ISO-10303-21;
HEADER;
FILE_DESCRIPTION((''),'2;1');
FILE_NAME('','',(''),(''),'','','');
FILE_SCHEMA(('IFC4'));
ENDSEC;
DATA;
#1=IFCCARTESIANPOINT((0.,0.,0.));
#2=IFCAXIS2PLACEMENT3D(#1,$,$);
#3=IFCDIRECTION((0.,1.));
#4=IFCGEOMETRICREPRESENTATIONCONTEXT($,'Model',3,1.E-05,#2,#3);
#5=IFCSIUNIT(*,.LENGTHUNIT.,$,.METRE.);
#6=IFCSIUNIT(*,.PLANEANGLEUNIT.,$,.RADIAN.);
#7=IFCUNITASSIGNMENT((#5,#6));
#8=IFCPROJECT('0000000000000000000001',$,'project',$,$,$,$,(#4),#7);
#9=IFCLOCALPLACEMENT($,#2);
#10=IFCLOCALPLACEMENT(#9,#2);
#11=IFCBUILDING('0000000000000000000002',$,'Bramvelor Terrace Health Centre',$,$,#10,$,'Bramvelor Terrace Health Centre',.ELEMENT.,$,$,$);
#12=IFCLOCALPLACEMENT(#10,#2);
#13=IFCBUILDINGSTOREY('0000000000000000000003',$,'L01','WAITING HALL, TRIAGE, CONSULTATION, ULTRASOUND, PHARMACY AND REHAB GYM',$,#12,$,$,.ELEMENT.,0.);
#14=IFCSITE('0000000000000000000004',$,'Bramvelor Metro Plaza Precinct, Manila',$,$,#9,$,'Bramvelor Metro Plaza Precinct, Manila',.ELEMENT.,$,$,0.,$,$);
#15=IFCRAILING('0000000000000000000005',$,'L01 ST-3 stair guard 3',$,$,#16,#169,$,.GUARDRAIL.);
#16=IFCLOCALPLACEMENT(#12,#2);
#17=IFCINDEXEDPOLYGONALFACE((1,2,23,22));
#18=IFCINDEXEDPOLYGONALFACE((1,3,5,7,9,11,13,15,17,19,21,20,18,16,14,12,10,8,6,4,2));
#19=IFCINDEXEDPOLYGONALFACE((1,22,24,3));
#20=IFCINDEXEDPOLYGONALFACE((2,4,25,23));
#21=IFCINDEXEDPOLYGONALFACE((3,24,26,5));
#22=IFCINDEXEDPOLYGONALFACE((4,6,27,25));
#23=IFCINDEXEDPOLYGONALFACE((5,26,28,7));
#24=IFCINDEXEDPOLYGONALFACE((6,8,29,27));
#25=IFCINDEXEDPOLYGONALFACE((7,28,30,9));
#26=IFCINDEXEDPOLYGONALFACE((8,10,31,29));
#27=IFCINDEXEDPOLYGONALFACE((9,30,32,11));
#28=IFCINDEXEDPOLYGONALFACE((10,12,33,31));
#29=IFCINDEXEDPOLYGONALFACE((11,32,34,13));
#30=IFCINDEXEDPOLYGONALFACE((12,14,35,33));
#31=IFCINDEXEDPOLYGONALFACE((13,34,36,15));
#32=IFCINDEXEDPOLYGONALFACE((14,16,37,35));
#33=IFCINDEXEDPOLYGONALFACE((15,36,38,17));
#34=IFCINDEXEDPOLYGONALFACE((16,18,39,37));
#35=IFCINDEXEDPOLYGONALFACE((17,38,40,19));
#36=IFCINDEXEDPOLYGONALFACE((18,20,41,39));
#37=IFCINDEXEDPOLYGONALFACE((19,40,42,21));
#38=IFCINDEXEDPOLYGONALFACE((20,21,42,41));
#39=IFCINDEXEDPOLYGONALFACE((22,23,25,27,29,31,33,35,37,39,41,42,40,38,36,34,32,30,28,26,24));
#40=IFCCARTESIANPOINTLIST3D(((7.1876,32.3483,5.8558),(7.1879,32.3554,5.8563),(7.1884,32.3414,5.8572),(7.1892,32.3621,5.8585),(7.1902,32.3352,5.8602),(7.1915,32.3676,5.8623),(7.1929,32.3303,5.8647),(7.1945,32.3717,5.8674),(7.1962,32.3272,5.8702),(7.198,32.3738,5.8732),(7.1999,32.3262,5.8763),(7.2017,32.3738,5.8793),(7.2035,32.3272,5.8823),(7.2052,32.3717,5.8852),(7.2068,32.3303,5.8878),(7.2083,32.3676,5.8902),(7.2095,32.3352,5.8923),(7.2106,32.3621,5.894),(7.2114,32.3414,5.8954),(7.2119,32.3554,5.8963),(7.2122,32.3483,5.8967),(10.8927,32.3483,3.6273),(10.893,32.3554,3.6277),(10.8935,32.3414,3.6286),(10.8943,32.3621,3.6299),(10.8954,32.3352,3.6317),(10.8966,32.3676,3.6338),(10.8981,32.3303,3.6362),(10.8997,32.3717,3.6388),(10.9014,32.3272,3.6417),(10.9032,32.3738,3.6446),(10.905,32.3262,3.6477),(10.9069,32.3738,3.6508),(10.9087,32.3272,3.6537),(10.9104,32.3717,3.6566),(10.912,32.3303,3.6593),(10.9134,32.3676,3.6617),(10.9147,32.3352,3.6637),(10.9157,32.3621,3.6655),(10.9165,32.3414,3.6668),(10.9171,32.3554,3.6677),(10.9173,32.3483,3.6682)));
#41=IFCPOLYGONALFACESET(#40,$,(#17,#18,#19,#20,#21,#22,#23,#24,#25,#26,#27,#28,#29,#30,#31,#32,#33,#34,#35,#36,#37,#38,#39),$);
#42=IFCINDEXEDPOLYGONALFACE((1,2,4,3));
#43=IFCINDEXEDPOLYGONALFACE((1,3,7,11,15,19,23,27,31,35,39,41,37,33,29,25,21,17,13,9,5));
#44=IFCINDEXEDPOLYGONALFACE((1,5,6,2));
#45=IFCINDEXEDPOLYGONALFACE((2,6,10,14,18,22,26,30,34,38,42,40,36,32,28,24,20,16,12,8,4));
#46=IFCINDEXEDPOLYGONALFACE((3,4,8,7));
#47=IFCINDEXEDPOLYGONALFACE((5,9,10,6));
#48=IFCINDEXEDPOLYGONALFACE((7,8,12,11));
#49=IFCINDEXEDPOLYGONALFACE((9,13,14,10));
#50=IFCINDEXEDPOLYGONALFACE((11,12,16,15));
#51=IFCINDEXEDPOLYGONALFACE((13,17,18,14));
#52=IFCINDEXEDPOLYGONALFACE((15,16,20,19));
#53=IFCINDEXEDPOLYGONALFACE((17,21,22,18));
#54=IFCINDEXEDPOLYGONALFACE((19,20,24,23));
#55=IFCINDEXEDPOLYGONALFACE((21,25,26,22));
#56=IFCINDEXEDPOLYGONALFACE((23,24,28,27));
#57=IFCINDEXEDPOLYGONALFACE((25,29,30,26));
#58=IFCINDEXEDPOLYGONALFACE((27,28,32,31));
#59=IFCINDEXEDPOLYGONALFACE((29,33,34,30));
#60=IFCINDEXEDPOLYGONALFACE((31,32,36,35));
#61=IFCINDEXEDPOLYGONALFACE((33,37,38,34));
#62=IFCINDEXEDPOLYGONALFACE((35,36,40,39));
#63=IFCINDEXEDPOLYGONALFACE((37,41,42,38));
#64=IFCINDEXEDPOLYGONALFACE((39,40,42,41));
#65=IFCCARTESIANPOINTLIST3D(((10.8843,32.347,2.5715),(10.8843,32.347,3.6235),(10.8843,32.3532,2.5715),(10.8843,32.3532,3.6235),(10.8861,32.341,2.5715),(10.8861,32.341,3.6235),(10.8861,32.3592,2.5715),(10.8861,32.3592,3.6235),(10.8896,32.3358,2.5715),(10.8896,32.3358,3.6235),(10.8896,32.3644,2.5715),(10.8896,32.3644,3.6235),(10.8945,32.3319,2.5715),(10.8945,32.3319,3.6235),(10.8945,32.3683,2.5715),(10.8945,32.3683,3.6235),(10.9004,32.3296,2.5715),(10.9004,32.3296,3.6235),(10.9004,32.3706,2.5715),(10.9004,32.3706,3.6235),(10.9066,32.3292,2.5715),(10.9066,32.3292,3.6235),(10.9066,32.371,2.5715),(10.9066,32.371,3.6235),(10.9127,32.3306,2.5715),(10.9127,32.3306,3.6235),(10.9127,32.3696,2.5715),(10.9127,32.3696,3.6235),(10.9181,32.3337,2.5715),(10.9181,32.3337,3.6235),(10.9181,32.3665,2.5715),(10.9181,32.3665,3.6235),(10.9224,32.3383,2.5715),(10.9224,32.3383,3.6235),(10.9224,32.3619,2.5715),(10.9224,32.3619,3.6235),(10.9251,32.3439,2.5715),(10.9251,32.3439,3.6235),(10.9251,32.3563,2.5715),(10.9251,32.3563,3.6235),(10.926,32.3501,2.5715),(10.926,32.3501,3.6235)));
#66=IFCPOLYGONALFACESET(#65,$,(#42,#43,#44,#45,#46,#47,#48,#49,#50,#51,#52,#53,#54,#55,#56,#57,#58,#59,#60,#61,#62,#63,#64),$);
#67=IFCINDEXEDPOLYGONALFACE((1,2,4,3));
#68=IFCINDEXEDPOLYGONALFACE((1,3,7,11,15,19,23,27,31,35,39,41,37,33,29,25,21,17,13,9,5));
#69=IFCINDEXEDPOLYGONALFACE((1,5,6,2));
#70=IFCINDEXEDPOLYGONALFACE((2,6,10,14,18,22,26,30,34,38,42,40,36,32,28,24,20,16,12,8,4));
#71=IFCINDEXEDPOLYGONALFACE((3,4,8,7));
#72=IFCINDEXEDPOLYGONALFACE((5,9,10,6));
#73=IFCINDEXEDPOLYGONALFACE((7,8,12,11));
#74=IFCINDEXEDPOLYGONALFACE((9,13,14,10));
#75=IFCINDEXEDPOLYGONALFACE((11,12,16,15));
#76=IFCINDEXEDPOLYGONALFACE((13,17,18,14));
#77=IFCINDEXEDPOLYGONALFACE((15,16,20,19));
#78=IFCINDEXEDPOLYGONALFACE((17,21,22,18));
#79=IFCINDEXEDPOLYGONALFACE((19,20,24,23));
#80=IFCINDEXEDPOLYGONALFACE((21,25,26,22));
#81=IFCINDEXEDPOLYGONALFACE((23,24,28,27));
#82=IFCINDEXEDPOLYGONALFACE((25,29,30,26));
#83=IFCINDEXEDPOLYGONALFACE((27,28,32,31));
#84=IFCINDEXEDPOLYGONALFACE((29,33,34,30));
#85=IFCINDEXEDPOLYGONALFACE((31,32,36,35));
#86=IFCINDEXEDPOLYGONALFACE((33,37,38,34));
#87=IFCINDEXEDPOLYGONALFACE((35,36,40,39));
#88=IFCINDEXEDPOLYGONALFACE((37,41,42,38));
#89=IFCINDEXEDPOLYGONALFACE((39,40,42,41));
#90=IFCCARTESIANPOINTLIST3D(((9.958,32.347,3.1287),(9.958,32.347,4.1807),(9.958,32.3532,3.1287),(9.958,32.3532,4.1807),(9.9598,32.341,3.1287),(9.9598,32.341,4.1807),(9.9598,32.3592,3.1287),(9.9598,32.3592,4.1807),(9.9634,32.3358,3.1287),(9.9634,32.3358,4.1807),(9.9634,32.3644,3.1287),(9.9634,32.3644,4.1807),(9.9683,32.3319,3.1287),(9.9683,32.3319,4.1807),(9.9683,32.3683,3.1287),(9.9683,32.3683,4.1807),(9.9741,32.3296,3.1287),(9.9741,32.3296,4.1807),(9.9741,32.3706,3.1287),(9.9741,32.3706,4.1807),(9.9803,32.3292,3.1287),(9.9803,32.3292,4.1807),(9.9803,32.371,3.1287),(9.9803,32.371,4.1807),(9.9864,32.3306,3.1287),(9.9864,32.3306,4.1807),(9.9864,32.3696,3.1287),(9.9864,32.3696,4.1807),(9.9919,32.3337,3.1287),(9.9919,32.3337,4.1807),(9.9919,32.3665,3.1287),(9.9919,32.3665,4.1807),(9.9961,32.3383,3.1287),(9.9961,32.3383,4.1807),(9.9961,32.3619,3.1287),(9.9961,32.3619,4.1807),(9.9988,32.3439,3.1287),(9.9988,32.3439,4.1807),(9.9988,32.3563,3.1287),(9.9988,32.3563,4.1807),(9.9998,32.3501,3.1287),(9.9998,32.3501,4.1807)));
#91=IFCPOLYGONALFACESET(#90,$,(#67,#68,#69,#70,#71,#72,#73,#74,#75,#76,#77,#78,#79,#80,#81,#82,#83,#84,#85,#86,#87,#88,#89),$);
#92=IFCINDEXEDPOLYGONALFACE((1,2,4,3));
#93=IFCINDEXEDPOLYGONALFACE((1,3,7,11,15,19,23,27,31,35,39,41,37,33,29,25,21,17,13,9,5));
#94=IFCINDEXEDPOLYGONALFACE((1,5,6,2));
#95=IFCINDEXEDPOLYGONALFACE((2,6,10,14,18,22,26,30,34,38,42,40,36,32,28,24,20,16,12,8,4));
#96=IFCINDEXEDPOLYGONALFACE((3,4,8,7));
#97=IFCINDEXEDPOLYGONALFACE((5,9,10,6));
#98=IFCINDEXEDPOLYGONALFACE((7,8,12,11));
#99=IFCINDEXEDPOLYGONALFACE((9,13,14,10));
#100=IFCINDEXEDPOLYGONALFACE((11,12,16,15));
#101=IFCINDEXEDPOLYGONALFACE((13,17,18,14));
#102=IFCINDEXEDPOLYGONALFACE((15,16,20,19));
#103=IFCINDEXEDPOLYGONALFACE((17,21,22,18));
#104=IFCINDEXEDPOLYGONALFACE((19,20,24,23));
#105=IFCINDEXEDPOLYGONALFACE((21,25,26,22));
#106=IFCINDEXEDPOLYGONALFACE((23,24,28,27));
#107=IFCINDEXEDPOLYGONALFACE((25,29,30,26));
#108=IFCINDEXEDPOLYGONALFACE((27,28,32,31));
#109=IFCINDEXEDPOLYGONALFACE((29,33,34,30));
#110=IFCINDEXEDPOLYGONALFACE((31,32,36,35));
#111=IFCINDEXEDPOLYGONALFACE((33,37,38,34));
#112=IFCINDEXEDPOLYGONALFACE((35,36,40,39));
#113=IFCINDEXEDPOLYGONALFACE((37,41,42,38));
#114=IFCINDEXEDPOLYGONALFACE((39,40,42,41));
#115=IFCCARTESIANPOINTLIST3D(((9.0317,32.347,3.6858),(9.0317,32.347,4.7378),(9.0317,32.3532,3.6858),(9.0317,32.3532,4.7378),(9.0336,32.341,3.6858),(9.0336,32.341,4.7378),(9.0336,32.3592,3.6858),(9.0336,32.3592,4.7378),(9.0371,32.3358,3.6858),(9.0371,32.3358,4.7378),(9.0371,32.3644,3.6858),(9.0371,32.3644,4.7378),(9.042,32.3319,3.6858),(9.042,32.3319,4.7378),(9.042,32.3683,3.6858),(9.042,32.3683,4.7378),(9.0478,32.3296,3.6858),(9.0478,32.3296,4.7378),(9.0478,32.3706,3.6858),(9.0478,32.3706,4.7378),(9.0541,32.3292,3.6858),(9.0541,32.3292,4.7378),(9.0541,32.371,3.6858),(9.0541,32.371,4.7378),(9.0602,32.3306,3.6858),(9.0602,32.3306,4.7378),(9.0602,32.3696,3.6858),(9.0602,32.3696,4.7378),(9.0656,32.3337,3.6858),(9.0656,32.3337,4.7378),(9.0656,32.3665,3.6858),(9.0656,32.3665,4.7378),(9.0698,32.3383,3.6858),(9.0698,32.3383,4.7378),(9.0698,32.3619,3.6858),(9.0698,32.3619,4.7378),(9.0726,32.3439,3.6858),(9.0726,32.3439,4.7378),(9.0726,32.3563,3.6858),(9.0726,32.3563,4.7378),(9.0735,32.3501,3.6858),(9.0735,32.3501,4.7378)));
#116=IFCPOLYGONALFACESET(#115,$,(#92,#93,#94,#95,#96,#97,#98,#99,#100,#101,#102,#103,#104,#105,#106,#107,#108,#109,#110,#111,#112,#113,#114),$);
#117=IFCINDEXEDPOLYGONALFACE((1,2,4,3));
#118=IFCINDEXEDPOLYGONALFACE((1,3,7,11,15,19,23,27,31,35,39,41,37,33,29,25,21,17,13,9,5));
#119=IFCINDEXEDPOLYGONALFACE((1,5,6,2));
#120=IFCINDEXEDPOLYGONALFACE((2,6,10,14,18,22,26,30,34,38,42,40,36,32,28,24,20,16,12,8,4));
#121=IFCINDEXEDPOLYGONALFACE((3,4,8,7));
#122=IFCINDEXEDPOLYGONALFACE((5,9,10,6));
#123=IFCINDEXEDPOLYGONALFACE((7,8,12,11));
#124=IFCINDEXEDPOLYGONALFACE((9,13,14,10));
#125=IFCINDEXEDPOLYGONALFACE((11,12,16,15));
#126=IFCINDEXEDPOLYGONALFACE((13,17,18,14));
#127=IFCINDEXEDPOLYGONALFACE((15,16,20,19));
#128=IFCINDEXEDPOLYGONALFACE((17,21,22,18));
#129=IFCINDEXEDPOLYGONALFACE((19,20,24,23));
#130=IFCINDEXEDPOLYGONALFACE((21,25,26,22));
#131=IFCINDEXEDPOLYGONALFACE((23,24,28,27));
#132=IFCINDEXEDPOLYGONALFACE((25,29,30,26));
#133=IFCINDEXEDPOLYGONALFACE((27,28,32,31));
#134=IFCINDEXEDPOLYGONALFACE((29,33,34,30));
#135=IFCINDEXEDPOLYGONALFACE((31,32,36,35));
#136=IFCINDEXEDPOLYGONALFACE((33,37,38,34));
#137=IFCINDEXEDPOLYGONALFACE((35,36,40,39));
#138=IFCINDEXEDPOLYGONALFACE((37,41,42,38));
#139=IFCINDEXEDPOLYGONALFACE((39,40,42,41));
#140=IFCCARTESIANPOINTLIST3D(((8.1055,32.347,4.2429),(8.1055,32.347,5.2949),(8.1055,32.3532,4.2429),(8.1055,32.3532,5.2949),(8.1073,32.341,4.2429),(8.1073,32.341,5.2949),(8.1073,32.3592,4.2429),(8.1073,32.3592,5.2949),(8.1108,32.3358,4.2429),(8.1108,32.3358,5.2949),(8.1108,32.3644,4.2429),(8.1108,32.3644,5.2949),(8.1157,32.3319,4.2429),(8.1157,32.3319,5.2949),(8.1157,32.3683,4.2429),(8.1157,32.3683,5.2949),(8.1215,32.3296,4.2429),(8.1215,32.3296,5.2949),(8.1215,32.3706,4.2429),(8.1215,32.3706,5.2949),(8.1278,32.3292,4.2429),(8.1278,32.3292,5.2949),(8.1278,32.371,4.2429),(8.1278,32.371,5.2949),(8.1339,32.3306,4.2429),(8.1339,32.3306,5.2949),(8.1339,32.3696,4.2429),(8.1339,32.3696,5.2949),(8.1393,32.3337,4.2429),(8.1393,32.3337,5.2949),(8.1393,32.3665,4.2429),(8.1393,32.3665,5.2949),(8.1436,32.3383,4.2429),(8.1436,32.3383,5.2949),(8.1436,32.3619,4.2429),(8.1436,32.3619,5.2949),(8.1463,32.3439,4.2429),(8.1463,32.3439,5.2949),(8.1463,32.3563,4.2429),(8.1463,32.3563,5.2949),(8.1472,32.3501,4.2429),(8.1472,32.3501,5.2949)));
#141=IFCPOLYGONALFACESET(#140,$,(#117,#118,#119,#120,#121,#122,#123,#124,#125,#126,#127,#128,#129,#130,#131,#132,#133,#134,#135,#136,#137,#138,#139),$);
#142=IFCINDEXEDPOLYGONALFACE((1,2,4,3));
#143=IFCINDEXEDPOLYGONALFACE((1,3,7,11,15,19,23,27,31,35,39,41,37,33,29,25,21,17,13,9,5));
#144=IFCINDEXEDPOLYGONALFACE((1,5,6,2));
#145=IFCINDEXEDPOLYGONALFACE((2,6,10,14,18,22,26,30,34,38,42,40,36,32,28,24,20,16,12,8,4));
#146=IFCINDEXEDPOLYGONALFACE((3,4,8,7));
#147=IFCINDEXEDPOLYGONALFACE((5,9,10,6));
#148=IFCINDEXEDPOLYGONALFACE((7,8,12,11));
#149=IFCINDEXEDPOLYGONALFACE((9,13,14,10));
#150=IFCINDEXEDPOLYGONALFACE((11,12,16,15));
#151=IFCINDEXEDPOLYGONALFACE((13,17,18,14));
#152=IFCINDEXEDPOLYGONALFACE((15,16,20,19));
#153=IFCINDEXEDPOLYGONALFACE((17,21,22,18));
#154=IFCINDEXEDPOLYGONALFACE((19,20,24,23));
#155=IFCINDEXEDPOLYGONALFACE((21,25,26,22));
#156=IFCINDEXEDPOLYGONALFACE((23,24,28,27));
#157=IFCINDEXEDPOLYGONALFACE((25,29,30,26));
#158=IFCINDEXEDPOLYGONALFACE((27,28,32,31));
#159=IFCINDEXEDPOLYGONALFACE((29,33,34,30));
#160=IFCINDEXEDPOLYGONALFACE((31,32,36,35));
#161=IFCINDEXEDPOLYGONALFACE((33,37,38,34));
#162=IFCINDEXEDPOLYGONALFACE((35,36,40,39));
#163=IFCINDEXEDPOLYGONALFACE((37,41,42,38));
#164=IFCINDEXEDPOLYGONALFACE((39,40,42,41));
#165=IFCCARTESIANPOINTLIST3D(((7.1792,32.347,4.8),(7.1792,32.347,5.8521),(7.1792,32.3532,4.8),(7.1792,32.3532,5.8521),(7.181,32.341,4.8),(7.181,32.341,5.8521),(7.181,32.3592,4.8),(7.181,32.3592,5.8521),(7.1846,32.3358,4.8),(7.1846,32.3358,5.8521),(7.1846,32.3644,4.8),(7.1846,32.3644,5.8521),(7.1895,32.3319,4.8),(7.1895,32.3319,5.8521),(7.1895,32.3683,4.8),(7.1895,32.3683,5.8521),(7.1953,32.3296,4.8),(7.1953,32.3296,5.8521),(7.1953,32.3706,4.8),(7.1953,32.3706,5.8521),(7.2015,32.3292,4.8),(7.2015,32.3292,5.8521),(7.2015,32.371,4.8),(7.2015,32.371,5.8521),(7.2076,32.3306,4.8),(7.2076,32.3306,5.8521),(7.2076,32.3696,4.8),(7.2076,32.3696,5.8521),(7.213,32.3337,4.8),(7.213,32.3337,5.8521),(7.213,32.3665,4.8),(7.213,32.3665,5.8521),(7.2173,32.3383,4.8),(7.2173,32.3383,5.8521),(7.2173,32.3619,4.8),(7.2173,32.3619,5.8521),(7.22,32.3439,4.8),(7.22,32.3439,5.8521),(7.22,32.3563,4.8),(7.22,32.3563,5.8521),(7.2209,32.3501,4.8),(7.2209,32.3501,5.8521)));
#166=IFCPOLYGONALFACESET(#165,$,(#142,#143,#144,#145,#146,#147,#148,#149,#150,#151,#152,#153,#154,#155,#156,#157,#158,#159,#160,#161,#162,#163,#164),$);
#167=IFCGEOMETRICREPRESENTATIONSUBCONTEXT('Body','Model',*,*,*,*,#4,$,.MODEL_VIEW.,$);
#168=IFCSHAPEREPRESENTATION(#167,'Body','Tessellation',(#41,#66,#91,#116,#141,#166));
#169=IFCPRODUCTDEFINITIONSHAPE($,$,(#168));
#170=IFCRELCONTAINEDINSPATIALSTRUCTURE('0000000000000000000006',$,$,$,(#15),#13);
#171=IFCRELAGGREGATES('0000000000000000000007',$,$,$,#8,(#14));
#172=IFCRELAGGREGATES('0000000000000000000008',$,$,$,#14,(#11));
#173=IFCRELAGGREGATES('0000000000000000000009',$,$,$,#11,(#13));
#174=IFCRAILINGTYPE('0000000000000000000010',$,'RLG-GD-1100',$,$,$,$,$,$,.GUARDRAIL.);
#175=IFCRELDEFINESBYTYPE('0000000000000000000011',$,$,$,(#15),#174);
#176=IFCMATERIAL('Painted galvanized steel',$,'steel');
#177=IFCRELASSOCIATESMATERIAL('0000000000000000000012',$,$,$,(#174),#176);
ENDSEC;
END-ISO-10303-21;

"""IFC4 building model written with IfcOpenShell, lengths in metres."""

from ifc_helpers import new_model, si_unit, direction, frame, origin, origin_2d, place, context, subcontext, project, spatial, circle, extrude, material, type_object, element, save


model = new_model("IFC4")

# Units and contexts
model_context = context("Model", 3, precision=1e-05, world=origin(), true_north=direction((0.0, 1.0)))
body_context = subcontext(model_context, "Body", "Model", "MODEL_VIEW")
ifc_project = project(units=[si_unit("LENGTHUNIT", "METRE"), si_unit("PLANEANGLEUNIT", "RADIAN")], contexts=[model_context])

# Site, building, storey
site_placement = place(None, origin())
site = spatial("IfcSite", under=ifc_project, at=site_placement, Name="Bramvelor Metro Plaza Precinct, Manila", LongName="Bramvelor Metro Plaza Precinct, Manila", CompositionType="ELEMENT", RefElevation=0.0)
building_placement = place(site_placement, origin())
building = spatial("IfcBuilding", under=site, at=building_placement, Name="Bramvelor Terrace Health Centre", LongName="Bramvelor Terrace Health Centre", CompositionType="ELEMENT")
storey_placement = place(building_placement, origin())
storey = spatial("IfcBuildingStorey", under=building, at=storey_placement, Name="L01", Description="WAITING HALL, TRIAGE, CONSULTATION, ULTRASOUND, PHARMACY AND REHAB GYM", CompositionType="ELEMENT", Elevation=0.0)

# Railing
ifc_material_1 = material(Name="Painted galvanized steel", Category="steel")
railing_type_1 = type_object("IfcRailingType", Name="RLG-GD-1100", PredefinedType="GUARDRAIL", material=ifc_material_1)
railing_1_placement = place(storey_placement, frame((10.905, 32.3501, 2.5715)))
element("IfcRailing", 1, at=railing_1_placement, inside=storey, type_object=railing_type_1, Name="L01 ST-3 stair guard 3", PredefinedType="GUARDRAIL", context=body_context, shape_type="SweptSolid", body=[
    extrude(circle(Radius=0.0239, at=origin_2d()), frame((0.0, 0.0, 1.0762), z_axis=(-0.856934, 0.0, 0.515425), x_axis=(0.0, -1.0, 0.0)), (0.0, 0.0, 1.0), 4.3237),
    extrude(circle(Radius=0.021, at=origin_2d()), origin(), (0.0, 0.0, 1.0), 1.052),
    extrude(circle(Radius=0.021, at=origin_2d()), frame((-0.9263, 0.0, 0.5571)), (0.0, 0.0, 1.0), 1.052),
    extrude(circle(Radius=0.021, at=origin_2d()), frame((-1.8525, 0.0, 1.1143)), (0.0, 0.0, 1.0), 1.052),
    extrude(circle(Radius=0.021, at=origin_2d()), frame((-2.7788, 0.0, 1.6714)), (0.0, 0.0, 1.0), 1.052),
    extrude(circle(Radius=0.021, at=origin_2d()), frame((-3.7051, 0.0, 2.2285)), (0.0, 0.0, 1.0), 1.052),
])

save(model, "model.ifc")
